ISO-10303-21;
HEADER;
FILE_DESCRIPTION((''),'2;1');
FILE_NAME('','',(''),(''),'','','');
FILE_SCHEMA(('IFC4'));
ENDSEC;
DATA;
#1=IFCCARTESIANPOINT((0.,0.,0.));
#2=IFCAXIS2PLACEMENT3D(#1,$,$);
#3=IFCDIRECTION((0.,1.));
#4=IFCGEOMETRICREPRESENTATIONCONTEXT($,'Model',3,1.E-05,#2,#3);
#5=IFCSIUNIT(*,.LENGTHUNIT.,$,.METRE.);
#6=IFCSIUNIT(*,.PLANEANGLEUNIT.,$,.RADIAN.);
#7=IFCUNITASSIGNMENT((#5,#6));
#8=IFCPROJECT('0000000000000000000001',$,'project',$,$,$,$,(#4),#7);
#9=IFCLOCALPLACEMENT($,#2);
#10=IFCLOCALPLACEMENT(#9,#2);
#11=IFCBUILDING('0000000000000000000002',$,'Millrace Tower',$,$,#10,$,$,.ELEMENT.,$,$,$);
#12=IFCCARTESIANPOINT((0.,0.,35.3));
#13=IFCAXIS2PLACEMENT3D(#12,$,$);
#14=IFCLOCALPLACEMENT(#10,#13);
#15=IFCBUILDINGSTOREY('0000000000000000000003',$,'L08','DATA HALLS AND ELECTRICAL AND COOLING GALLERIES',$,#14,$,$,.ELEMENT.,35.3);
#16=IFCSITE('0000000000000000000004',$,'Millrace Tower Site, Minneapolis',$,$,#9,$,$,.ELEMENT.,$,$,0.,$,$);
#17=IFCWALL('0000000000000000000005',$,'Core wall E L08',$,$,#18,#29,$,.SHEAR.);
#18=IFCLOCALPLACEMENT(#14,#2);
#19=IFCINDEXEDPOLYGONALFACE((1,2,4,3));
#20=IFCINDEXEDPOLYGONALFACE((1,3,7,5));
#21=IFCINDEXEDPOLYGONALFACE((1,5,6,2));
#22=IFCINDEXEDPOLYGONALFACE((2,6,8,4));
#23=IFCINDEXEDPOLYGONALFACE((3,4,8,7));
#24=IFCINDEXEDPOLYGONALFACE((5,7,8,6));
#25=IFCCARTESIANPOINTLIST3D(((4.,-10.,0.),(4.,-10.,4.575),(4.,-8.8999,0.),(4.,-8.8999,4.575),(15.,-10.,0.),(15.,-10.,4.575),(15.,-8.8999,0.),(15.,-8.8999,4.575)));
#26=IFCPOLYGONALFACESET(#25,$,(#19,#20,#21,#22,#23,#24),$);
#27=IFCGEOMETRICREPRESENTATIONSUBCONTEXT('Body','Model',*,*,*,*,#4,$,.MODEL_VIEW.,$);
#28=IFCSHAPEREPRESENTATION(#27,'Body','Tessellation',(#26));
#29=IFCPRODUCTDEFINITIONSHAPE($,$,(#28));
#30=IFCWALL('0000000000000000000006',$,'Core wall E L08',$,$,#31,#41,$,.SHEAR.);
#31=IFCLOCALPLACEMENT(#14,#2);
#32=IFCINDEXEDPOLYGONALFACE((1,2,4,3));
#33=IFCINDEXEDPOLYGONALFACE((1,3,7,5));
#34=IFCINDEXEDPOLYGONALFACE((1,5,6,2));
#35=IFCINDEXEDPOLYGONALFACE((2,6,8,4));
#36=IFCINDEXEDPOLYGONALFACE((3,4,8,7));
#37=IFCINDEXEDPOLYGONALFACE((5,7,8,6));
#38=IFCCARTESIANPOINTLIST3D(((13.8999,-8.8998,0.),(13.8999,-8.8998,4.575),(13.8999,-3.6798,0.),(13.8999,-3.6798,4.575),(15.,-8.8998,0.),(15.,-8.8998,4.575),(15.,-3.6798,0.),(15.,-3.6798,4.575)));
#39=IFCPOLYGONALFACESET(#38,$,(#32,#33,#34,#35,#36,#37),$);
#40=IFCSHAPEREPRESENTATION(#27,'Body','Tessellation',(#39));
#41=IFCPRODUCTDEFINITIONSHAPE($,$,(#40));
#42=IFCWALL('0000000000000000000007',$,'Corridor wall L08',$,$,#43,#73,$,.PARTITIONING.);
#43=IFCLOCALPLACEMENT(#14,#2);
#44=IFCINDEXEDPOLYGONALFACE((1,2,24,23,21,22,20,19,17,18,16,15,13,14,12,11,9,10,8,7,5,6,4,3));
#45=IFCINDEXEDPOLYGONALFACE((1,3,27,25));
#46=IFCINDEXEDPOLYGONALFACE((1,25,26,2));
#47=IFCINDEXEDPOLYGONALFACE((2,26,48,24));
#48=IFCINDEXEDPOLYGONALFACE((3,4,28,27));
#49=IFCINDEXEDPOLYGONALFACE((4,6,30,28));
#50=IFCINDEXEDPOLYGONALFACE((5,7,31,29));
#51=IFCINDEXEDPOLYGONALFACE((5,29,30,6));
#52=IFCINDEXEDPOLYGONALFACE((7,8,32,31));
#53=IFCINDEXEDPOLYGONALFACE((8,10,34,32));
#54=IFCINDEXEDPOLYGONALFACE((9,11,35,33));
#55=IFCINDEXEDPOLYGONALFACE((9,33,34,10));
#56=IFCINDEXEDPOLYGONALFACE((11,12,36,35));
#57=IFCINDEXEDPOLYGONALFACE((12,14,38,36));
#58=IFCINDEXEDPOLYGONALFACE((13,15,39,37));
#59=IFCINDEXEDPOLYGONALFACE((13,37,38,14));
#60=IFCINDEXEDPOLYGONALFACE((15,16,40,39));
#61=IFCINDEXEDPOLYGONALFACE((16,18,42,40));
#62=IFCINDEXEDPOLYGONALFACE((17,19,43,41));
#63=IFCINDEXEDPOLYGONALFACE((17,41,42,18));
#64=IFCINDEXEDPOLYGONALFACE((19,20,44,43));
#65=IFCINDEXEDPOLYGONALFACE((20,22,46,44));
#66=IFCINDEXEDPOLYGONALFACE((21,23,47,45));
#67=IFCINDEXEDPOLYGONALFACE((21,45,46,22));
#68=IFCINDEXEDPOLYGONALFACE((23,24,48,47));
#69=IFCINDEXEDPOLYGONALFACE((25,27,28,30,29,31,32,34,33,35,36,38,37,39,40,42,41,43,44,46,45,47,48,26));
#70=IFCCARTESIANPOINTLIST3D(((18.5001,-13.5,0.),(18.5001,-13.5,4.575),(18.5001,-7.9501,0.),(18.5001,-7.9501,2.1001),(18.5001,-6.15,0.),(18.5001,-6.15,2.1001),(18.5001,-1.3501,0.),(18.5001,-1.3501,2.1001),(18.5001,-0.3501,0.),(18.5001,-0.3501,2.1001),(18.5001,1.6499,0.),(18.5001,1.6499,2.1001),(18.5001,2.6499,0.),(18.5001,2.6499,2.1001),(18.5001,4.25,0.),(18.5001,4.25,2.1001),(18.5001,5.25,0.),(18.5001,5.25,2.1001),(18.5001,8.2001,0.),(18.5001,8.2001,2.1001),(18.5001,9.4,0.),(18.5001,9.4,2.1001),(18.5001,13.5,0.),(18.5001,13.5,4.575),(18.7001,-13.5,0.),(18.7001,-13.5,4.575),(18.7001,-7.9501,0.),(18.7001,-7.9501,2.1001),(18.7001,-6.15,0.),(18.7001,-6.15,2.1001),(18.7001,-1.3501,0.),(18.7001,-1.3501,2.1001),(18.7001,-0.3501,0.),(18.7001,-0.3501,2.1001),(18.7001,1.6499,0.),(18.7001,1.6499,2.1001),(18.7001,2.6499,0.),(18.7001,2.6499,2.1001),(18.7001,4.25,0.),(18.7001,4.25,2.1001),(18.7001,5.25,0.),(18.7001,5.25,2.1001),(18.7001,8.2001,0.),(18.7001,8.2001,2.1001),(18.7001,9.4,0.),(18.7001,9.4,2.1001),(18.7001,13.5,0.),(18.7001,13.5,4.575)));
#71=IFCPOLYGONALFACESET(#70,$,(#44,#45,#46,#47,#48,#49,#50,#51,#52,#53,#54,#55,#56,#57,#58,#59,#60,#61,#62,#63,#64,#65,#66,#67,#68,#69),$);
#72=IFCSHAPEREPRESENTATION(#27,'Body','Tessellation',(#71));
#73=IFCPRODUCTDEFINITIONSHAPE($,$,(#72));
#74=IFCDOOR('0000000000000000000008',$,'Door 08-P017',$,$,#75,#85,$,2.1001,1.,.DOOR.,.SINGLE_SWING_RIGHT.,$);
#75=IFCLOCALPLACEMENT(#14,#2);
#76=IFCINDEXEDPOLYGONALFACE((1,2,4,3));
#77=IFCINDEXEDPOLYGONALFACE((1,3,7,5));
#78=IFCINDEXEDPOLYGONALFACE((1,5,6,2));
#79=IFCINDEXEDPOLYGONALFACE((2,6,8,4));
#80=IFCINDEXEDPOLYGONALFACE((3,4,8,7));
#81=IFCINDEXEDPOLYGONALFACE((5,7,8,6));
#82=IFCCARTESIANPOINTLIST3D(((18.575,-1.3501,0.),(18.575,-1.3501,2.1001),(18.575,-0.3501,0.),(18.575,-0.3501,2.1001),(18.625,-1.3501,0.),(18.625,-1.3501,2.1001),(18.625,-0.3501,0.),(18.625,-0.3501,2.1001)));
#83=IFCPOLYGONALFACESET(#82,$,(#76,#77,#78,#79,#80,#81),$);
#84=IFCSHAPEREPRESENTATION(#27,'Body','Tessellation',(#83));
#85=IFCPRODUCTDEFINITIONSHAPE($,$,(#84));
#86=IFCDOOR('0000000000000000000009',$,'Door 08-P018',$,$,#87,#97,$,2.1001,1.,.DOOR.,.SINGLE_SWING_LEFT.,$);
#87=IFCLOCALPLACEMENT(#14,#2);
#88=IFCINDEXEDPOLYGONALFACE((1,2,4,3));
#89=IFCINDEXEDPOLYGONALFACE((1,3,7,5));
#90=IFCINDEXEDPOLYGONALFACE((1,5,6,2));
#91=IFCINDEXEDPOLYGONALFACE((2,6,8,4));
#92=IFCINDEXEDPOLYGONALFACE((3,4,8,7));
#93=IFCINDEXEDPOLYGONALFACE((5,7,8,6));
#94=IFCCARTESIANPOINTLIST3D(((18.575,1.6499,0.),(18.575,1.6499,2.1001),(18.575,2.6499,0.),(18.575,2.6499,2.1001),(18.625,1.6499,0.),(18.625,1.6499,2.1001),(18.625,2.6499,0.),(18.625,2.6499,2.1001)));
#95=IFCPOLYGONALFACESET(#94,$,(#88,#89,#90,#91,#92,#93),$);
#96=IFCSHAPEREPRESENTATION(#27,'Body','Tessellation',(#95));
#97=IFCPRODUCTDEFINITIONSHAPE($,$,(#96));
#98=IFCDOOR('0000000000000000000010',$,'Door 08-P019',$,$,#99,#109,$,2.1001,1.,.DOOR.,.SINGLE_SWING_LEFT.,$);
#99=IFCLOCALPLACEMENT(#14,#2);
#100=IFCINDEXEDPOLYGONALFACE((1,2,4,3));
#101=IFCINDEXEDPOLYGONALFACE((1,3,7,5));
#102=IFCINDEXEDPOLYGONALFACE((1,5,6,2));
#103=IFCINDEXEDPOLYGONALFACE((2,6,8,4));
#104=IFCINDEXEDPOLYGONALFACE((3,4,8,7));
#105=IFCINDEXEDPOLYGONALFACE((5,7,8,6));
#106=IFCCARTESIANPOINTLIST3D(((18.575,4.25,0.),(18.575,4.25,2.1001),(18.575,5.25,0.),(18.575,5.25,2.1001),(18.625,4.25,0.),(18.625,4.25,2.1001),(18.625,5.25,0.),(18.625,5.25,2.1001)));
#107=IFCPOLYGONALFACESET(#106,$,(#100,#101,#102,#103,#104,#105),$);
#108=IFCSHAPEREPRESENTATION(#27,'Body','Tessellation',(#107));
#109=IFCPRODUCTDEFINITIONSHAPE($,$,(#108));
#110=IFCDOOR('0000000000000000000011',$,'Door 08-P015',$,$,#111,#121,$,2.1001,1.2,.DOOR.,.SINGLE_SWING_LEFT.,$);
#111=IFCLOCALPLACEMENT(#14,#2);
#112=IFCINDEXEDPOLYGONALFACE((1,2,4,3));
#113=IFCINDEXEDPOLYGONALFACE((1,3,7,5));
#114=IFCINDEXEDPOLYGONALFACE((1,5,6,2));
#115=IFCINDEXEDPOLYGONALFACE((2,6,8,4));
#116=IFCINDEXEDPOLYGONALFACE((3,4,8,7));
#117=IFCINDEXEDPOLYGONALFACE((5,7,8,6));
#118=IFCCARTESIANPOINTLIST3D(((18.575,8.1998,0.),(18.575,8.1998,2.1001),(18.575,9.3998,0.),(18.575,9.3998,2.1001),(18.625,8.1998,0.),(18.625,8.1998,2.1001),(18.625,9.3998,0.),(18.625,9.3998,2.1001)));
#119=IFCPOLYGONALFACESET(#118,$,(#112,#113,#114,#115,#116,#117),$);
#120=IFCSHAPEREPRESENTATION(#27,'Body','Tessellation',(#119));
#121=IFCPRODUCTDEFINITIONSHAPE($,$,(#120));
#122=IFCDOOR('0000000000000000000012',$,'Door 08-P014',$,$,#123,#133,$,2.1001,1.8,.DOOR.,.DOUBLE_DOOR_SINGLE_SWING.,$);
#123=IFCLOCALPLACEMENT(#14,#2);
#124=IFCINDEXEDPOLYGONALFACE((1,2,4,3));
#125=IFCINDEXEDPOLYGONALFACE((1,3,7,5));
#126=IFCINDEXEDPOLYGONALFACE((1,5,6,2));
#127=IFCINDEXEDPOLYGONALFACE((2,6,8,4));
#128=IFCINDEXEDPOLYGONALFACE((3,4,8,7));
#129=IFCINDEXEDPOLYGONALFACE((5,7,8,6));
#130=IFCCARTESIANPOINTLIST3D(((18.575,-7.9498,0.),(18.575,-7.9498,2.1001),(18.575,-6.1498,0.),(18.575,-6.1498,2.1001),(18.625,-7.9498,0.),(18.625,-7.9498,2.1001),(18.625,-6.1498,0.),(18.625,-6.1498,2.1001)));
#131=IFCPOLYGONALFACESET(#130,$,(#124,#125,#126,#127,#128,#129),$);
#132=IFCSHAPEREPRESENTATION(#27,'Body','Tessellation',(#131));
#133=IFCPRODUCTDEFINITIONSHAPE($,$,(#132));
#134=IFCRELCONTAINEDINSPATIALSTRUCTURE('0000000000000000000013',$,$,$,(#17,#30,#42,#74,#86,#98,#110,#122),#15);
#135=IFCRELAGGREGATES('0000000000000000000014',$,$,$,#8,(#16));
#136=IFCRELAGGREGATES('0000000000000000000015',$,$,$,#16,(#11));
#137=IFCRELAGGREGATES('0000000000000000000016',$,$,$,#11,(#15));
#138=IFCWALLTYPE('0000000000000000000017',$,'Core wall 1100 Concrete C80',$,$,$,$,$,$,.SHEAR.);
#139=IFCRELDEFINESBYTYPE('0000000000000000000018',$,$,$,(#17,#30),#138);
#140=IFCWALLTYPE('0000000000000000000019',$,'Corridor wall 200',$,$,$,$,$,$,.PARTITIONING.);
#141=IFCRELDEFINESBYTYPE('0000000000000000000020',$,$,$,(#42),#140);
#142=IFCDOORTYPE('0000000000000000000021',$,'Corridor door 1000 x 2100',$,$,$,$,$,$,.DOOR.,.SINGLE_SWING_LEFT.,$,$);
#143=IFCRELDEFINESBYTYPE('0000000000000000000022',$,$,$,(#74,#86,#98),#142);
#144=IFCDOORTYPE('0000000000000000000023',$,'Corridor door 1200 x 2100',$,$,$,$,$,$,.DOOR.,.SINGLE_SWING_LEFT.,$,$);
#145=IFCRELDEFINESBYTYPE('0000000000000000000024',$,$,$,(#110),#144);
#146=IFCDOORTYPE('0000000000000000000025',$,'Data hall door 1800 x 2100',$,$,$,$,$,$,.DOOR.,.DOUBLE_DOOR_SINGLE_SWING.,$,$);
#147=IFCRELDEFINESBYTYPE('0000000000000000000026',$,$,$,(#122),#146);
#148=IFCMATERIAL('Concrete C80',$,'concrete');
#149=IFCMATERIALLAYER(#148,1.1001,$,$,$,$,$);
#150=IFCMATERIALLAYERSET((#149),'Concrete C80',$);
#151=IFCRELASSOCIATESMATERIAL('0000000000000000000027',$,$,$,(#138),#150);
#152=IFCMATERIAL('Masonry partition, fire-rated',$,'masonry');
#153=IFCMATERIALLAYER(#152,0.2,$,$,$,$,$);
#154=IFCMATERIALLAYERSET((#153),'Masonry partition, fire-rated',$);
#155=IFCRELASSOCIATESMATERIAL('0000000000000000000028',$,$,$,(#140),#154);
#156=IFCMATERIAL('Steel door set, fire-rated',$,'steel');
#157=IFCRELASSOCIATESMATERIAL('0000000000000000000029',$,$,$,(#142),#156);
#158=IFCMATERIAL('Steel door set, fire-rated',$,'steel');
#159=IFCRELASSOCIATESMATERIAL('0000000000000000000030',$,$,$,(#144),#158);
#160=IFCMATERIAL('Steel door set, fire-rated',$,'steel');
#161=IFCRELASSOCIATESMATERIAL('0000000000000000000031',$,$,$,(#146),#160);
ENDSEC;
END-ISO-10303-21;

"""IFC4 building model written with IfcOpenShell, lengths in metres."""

from ifc_helpers import new_model, si_unit, direction, frame, frame_2d, origin, place, context, subcontext, project, spatial, rectangle, extrude, material, layer, layer_set, type_object, element, fill, save


model = new_model("IFC4")

# Units and contexts
model_context = context("Model", 3, precision=1e-05, world=origin(), true_north=direction((0.0, 1.0)))
body_context = subcontext(model_context, "Body", "Model", "MODEL_VIEW")
ifc_project = project(units=[si_unit("LENGTHUNIT", "METRE"), si_unit("PLANEANGLEUNIT", "RADIAN")], contexts=[model_context])

# Site, building, storey
site_placement = place(None, origin())
site = spatial("IfcSite", under=ifc_project, at=site_placement, Name="Millrace Tower Site, Minneapolis", CompositionType="ELEMENT", RefElevation=0.0)
building_placement = place(site_placement, origin())
building = spatial("IfcBuilding", under=site, at=building_placement, Name="Millrace Tower", CompositionType="ELEMENT")
storey_placement = place(building_placement, frame((0.0, 0.0, 35.3)))
storey = spatial("IfcBuildingStorey", under=building, at=storey_placement, Name="L08", Description="DATA HALLS AND ELECTRICAL AND COOLING GALLERIES", CompositionType="ELEMENT", Elevation=35.3)

# Walls
ifc_material_1 = material(Name="Concrete C80", Category="concrete")
ifc_layer_1 = layer(ifc_material_1, 1.1001)
ifc_layer_set_1 = layer_set([ifc_layer_1], Name="Concrete C80")
wall_type_1 = type_object("IfcWallType", Name="Core wall 1100 Concrete C80", PredefinedType="SHEAR", material=ifc_layer_set_1)
wall_1_placement = place(storey_placement, frame((15.0, -9.45, 0.0), z_axis=(0.0, 0.0, 1.0), x_axis=(-1.0, 0.0, 0.0)))
element("IfcWall", 1, at=wall_1_placement, inside=storey, type_object=wall_type_1, Name="Core wall E L08", PredefinedType="SHEAR", context=body_context, shape_type="SweptSolid", body=[
    extrude(rectangle(XDim=11.0, YDim=1.1001, at=frame_2d((5.5, 0.0))), origin(), (0.0, 0.0, 1.0), 4.575),
])
wall_2_placement = place(storey_placement, frame((14.45, -3.6799, 0.0), z_axis=(0.0, 0.0, 1.0), x_axis=(0.0, -1.0, 0.0)))
element("IfcWall", 2, at=wall_2_placement, inside=storey, type_object=wall_type_1, Name="Core wall E L08", PredefinedType="SHEAR", context=body_context, shape_type="SweptSolid", body=[
    extrude(rectangle(XDim=5.22, YDim=1.1001, at=frame_2d((2.6099, 0.0))), origin(), (0.0, 0.0, 1.0), 4.575),
])

# Wall, openings, doors
ifc_material_2 = material(Name="Masonry partition, fire-rated", Category="masonry")
ifc_layer_2 = layer(ifc_material_2, 0.2)
ifc_layer_set_2 = layer_set([ifc_layer_2], Name="Masonry partition, fire-rated")
wall_type_2 = type_object("IfcWallType", Name="Corridor wall 200", PredefinedType="PARTITIONING", material=ifc_layer_set_2)
wall_3_placement = place(storey_placement, frame((18.6001, -13.5, 0.0), z_axis=(0.0, 0.0, 1.0), x_axis=(0.0, 1.0, 0.0)))
wall_3 = element("IfcWall", 3, at=wall_3_placement, inside=storey, type_object=wall_type_2, Name="Corridor wall L08", PredefinedType="PARTITIONING", context=body_context, shape_type="SweptSolid", body=[
    extrude(rectangle(XDim=27.0, YDim=0.2, at=frame_2d((13.5, 0.0))), origin(), (0.0, 0.0, 1.0), 4.575),
])
opening_1_placement = place(wall_3_placement, frame((5.55, 0.0, 0.0)))
opening_1 = element("IfcOpeningElement", 4, at=opening_1_placement, cuts=wall_3, PredefinedType="OPENING", context=body_context, shape_type="SweptSolid", body=[
    extrude(rectangle(XDim=1.8, YDim=2.1001, at=frame_2d((0.8999, 1.05))), frame((0.0, 0.1099, 0.0), z_axis=(0.0, -1.0, 0.0), x_axis=(1.0, 0.0, 0.0)), (0.0, 0.0, 1.0), 0.22),
])
opening_2_placement = place(wall_3_placement, frame((21.7, 0.0, 0.0)))
opening_2 = element("IfcOpeningElement", 5, at=opening_2_placement, cuts=wall_3, PredefinedType="OPENING", context=body_context, shape_type="SweptSolid", body=[
    extrude(rectangle(XDim=1.2, YDim=2.1001, at=frame_2d((0.6001, 1.05))), frame((0.0, 0.1099, 0.0), z_axis=(0.0, -1.0, 0.0), x_axis=(1.0, 0.0, 0.0)), (0.0, 0.0, 1.0), 0.22),
])
opening_3_placement = place(wall_3_placement, frame((12.1499, 0.0, 0.0)))
opening_3 = element("IfcOpeningElement", 6, at=opening_3_placement, cuts=wall_3, PredefinedType="OPENING", context=body_context, shape_type="SweptSolid", body=[
    extrude(rectangle(XDim=1.0, YDim=2.1001, at=frame_2d((0.5, 1.05))), frame((0.0, 0.1099, 0.0), z_axis=(0.0, -1.0, 0.0), x_axis=(1.0, 0.0, 0.0)), (0.0, 0.0, 1.0), 0.22),
])
opening_4_placement = place(wall_3_placement, frame((15.1499, 0.0, 0.0)))
opening_4 = element("IfcOpeningElement", 7, at=opening_4_placement, cuts=wall_3, PredefinedType="OPENING", context=body_context, shape_type="SweptSolid", body=[
    extrude(rectangle(XDim=1.0, YDim=2.1001, at=frame_2d((0.5, 1.05))), frame((0.0, 0.1099, 0.0), z_axis=(0.0, -1.0, 0.0), x_axis=(1.0, 0.0, 0.0)), (0.0, 0.0, 1.0), 0.22),
])
opening_5_placement = place(wall_3_placement, frame((17.75, 0.0, 0.0)))
opening_5 = element("IfcOpeningElement", 8, at=opening_5_placement, cuts=wall_3, PredefinedType="OPENING", context=body_context, shape_type="SweptSolid", body=[
    extrude(rectangle(XDim=1.0, YDim=2.1001, at=frame_2d((0.5, 1.05))), frame((0.0, 0.1099, 0.0), z_axis=(0.0, -1.0, 0.0), x_axis=(1.0, 0.0, 0.0)), (0.0, 0.0, 1.0), 0.22),
])
ifc_material_3 = material(Name="Steel door set, fire-rated", Category="steel")
door_type_1 = type_object("IfcDoorType", Name="Corridor door 1000 x 2100", OperationType="SINGLE_SWING_LEFT", PredefinedType="DOOR", material=ifc_material_3)
door_1_placement = place(opening_3_placement, frame((1.0, 0.0, 0.0), z_axis=(0.0, 0.0, 1.0), x_axis=(-1.0, 0.0, 0.0)))
door_1 = element("IfcDoor", 9, at=door_1_placement, inside=storey, type_object=door_type_1, Name="Door 08-P017", OperationType="SINGLE_SWING_RIGHT", OverallHeight=2.1001, OverallWidth=1.0, PredefinedType="DOOR", context=body_context, shape_type="SweptSolid", body=[
    extrude(rectangle(XDim=1.0, YDim=2.1001, at=frame_2d((0.5, 1.05))), frame((0.0, 0.0249, 0.0), z_axis=(0.0, -1.0, 0.0), x_axis=(1.0, 0.0, 0.0)), (0.0, 0.0, 1.0), 0.05),
])
fill(opening_3, door_1)
door_2_placement = place(opening_4_placement, frame((1.0, 0.0, 0.0), z_axis=(0.0, 0.0, 1.0), x_axis=(-1.0, 0.0, 0.0)))
door_2 = element("IfcDoor", 10, at=door_2_placement, inside=storey, type_object=door_type_1, Name="Door 08-P018", OperationType="SINGLE_SWING_LEFT", OverallHeight=2.1001, OverallWidth=1.0, PredefinedType="DOOR", context=body_context, shape_type="SweptSolid", body=[
    extrude(rectangle(XDim=1.0, YDim=2.1001, at=frame_2d((0.5, 1.05))), frame((0.0, 0.0249, 0.0), z_axis=(0.0, -1.0, 0.0), x_axis=(1.0, 0.0, 0.0)), (0.0, 0.0, 1.0), 0.05),
])
fill(opening_4, door_2)
door_3_placement = place(opening_5_placement, frame((1.0, 0.0, 0.0), z_axis=(0.0, 0.0, 1.0), x_axis=(-1.0, 0.0, 0.0)))
door_3 = element("IfcDoor", 11, at=door_3_placement, inside=storey, type_object=door_type_1, Name="Door 08-P019", OperationType="SINGLE_SWING_LEFT", OverallHeight=2.1001, OverallWidth=1.0, PredefinedType="DOOR", context=body_context, shape_type="SweptSolid", body=[
    extrude(rectangle(XDim=1.0, YDim=2.1001, at=frame_2d((0.5, 1.05))), frame((0.0, 0.0249, 0.0), z_axis=(0.0, -1.0, 0.0), x_axis=(1.0, 0.0, 0.0)), (0.0, 0.0, 1.0), 0.05),
])
fill(opening_5, door_3)
ifc_material_4 = material(Name="Steel door set, fire-rated", Category="steel")
door_type_2 = type_object("IfcDoorType", Name="Corridor door 1200 x 2100", OperationType="SINGLE_SWING_LEFT", PredefinedType="DOOR", material=ifc_material_4)
door_4_placement = place(opening_2_placement, frame((1.2, 0.0, 0.0), z_axis=(0.0, 0.0, 1.0), x_axis=(-1.0, 0.0, 0.0)))
door_4 = element("IfcDoor", 12, at=door_4_placement, inside=storey, type_object=door_type_2, Name="Door 08-P015", OperationType="SINGLE_SWING_LEFT", OverallHeight=2.1001, OverallWidth=1.2, PredefinedType="DOOR", context=body_context, shape_type="SweptSolid", body=[
    extrude(rectangle(XDim=1.2, YDim=2.1001, at=frame_2d((0.6001, 1.05))), frame((0.0, 0.0249, 0.0), z_axis=(0.0, -1.0, 0.0), x_axis=(1.0, 0.0, 0.0)), (0.0, 0.0, 1.0), 0.05),
])
fill(opening_2, door_4)
ifc_material_5 = material(Name="Steel door set, fire-rated", Category="steel")
door_type_3 = type_object("IfcDoorType", Name="Data hall door 1800 x 2100", OperationType="DOUBLE_DOOR_SINGLE_SWING", PredefinedType="DOOR", material=ifc_material_5)
door_5_placement = place(opening_1_placement, frame((1.8, 0.0, 0.0), z_axis=(0.0, 0.0, 1.0), x_axis=(-1.0, 0.0, 0.0)))
door_5 = element("IfcDoor", 13, at=door_5_placement, inside=storey, type_object=door_type_3, Name="Door 08-P014", OperationType="DOUBLE_DOOR_SINGLE_SWING", OverallHeight=2.1001, OverallWidth=1.8, PredefinedType="DOOR", context=body_context, shape_type="SweptSolid", body=[
    extrude(rectangle(XDim=1.8, YDim=2.1001, at=frame_2d((0.8999, 1.05))), frame((0.0, 0.0249, 0.0), z_axis=(0.0, -1.0, 0.0), x_axis=(1.0, 0.0, 0.0)), (0.0, 0.0, 1.0), 0.05),
])
fill(opening_1, door_5)

save(model, "model.ifc")
